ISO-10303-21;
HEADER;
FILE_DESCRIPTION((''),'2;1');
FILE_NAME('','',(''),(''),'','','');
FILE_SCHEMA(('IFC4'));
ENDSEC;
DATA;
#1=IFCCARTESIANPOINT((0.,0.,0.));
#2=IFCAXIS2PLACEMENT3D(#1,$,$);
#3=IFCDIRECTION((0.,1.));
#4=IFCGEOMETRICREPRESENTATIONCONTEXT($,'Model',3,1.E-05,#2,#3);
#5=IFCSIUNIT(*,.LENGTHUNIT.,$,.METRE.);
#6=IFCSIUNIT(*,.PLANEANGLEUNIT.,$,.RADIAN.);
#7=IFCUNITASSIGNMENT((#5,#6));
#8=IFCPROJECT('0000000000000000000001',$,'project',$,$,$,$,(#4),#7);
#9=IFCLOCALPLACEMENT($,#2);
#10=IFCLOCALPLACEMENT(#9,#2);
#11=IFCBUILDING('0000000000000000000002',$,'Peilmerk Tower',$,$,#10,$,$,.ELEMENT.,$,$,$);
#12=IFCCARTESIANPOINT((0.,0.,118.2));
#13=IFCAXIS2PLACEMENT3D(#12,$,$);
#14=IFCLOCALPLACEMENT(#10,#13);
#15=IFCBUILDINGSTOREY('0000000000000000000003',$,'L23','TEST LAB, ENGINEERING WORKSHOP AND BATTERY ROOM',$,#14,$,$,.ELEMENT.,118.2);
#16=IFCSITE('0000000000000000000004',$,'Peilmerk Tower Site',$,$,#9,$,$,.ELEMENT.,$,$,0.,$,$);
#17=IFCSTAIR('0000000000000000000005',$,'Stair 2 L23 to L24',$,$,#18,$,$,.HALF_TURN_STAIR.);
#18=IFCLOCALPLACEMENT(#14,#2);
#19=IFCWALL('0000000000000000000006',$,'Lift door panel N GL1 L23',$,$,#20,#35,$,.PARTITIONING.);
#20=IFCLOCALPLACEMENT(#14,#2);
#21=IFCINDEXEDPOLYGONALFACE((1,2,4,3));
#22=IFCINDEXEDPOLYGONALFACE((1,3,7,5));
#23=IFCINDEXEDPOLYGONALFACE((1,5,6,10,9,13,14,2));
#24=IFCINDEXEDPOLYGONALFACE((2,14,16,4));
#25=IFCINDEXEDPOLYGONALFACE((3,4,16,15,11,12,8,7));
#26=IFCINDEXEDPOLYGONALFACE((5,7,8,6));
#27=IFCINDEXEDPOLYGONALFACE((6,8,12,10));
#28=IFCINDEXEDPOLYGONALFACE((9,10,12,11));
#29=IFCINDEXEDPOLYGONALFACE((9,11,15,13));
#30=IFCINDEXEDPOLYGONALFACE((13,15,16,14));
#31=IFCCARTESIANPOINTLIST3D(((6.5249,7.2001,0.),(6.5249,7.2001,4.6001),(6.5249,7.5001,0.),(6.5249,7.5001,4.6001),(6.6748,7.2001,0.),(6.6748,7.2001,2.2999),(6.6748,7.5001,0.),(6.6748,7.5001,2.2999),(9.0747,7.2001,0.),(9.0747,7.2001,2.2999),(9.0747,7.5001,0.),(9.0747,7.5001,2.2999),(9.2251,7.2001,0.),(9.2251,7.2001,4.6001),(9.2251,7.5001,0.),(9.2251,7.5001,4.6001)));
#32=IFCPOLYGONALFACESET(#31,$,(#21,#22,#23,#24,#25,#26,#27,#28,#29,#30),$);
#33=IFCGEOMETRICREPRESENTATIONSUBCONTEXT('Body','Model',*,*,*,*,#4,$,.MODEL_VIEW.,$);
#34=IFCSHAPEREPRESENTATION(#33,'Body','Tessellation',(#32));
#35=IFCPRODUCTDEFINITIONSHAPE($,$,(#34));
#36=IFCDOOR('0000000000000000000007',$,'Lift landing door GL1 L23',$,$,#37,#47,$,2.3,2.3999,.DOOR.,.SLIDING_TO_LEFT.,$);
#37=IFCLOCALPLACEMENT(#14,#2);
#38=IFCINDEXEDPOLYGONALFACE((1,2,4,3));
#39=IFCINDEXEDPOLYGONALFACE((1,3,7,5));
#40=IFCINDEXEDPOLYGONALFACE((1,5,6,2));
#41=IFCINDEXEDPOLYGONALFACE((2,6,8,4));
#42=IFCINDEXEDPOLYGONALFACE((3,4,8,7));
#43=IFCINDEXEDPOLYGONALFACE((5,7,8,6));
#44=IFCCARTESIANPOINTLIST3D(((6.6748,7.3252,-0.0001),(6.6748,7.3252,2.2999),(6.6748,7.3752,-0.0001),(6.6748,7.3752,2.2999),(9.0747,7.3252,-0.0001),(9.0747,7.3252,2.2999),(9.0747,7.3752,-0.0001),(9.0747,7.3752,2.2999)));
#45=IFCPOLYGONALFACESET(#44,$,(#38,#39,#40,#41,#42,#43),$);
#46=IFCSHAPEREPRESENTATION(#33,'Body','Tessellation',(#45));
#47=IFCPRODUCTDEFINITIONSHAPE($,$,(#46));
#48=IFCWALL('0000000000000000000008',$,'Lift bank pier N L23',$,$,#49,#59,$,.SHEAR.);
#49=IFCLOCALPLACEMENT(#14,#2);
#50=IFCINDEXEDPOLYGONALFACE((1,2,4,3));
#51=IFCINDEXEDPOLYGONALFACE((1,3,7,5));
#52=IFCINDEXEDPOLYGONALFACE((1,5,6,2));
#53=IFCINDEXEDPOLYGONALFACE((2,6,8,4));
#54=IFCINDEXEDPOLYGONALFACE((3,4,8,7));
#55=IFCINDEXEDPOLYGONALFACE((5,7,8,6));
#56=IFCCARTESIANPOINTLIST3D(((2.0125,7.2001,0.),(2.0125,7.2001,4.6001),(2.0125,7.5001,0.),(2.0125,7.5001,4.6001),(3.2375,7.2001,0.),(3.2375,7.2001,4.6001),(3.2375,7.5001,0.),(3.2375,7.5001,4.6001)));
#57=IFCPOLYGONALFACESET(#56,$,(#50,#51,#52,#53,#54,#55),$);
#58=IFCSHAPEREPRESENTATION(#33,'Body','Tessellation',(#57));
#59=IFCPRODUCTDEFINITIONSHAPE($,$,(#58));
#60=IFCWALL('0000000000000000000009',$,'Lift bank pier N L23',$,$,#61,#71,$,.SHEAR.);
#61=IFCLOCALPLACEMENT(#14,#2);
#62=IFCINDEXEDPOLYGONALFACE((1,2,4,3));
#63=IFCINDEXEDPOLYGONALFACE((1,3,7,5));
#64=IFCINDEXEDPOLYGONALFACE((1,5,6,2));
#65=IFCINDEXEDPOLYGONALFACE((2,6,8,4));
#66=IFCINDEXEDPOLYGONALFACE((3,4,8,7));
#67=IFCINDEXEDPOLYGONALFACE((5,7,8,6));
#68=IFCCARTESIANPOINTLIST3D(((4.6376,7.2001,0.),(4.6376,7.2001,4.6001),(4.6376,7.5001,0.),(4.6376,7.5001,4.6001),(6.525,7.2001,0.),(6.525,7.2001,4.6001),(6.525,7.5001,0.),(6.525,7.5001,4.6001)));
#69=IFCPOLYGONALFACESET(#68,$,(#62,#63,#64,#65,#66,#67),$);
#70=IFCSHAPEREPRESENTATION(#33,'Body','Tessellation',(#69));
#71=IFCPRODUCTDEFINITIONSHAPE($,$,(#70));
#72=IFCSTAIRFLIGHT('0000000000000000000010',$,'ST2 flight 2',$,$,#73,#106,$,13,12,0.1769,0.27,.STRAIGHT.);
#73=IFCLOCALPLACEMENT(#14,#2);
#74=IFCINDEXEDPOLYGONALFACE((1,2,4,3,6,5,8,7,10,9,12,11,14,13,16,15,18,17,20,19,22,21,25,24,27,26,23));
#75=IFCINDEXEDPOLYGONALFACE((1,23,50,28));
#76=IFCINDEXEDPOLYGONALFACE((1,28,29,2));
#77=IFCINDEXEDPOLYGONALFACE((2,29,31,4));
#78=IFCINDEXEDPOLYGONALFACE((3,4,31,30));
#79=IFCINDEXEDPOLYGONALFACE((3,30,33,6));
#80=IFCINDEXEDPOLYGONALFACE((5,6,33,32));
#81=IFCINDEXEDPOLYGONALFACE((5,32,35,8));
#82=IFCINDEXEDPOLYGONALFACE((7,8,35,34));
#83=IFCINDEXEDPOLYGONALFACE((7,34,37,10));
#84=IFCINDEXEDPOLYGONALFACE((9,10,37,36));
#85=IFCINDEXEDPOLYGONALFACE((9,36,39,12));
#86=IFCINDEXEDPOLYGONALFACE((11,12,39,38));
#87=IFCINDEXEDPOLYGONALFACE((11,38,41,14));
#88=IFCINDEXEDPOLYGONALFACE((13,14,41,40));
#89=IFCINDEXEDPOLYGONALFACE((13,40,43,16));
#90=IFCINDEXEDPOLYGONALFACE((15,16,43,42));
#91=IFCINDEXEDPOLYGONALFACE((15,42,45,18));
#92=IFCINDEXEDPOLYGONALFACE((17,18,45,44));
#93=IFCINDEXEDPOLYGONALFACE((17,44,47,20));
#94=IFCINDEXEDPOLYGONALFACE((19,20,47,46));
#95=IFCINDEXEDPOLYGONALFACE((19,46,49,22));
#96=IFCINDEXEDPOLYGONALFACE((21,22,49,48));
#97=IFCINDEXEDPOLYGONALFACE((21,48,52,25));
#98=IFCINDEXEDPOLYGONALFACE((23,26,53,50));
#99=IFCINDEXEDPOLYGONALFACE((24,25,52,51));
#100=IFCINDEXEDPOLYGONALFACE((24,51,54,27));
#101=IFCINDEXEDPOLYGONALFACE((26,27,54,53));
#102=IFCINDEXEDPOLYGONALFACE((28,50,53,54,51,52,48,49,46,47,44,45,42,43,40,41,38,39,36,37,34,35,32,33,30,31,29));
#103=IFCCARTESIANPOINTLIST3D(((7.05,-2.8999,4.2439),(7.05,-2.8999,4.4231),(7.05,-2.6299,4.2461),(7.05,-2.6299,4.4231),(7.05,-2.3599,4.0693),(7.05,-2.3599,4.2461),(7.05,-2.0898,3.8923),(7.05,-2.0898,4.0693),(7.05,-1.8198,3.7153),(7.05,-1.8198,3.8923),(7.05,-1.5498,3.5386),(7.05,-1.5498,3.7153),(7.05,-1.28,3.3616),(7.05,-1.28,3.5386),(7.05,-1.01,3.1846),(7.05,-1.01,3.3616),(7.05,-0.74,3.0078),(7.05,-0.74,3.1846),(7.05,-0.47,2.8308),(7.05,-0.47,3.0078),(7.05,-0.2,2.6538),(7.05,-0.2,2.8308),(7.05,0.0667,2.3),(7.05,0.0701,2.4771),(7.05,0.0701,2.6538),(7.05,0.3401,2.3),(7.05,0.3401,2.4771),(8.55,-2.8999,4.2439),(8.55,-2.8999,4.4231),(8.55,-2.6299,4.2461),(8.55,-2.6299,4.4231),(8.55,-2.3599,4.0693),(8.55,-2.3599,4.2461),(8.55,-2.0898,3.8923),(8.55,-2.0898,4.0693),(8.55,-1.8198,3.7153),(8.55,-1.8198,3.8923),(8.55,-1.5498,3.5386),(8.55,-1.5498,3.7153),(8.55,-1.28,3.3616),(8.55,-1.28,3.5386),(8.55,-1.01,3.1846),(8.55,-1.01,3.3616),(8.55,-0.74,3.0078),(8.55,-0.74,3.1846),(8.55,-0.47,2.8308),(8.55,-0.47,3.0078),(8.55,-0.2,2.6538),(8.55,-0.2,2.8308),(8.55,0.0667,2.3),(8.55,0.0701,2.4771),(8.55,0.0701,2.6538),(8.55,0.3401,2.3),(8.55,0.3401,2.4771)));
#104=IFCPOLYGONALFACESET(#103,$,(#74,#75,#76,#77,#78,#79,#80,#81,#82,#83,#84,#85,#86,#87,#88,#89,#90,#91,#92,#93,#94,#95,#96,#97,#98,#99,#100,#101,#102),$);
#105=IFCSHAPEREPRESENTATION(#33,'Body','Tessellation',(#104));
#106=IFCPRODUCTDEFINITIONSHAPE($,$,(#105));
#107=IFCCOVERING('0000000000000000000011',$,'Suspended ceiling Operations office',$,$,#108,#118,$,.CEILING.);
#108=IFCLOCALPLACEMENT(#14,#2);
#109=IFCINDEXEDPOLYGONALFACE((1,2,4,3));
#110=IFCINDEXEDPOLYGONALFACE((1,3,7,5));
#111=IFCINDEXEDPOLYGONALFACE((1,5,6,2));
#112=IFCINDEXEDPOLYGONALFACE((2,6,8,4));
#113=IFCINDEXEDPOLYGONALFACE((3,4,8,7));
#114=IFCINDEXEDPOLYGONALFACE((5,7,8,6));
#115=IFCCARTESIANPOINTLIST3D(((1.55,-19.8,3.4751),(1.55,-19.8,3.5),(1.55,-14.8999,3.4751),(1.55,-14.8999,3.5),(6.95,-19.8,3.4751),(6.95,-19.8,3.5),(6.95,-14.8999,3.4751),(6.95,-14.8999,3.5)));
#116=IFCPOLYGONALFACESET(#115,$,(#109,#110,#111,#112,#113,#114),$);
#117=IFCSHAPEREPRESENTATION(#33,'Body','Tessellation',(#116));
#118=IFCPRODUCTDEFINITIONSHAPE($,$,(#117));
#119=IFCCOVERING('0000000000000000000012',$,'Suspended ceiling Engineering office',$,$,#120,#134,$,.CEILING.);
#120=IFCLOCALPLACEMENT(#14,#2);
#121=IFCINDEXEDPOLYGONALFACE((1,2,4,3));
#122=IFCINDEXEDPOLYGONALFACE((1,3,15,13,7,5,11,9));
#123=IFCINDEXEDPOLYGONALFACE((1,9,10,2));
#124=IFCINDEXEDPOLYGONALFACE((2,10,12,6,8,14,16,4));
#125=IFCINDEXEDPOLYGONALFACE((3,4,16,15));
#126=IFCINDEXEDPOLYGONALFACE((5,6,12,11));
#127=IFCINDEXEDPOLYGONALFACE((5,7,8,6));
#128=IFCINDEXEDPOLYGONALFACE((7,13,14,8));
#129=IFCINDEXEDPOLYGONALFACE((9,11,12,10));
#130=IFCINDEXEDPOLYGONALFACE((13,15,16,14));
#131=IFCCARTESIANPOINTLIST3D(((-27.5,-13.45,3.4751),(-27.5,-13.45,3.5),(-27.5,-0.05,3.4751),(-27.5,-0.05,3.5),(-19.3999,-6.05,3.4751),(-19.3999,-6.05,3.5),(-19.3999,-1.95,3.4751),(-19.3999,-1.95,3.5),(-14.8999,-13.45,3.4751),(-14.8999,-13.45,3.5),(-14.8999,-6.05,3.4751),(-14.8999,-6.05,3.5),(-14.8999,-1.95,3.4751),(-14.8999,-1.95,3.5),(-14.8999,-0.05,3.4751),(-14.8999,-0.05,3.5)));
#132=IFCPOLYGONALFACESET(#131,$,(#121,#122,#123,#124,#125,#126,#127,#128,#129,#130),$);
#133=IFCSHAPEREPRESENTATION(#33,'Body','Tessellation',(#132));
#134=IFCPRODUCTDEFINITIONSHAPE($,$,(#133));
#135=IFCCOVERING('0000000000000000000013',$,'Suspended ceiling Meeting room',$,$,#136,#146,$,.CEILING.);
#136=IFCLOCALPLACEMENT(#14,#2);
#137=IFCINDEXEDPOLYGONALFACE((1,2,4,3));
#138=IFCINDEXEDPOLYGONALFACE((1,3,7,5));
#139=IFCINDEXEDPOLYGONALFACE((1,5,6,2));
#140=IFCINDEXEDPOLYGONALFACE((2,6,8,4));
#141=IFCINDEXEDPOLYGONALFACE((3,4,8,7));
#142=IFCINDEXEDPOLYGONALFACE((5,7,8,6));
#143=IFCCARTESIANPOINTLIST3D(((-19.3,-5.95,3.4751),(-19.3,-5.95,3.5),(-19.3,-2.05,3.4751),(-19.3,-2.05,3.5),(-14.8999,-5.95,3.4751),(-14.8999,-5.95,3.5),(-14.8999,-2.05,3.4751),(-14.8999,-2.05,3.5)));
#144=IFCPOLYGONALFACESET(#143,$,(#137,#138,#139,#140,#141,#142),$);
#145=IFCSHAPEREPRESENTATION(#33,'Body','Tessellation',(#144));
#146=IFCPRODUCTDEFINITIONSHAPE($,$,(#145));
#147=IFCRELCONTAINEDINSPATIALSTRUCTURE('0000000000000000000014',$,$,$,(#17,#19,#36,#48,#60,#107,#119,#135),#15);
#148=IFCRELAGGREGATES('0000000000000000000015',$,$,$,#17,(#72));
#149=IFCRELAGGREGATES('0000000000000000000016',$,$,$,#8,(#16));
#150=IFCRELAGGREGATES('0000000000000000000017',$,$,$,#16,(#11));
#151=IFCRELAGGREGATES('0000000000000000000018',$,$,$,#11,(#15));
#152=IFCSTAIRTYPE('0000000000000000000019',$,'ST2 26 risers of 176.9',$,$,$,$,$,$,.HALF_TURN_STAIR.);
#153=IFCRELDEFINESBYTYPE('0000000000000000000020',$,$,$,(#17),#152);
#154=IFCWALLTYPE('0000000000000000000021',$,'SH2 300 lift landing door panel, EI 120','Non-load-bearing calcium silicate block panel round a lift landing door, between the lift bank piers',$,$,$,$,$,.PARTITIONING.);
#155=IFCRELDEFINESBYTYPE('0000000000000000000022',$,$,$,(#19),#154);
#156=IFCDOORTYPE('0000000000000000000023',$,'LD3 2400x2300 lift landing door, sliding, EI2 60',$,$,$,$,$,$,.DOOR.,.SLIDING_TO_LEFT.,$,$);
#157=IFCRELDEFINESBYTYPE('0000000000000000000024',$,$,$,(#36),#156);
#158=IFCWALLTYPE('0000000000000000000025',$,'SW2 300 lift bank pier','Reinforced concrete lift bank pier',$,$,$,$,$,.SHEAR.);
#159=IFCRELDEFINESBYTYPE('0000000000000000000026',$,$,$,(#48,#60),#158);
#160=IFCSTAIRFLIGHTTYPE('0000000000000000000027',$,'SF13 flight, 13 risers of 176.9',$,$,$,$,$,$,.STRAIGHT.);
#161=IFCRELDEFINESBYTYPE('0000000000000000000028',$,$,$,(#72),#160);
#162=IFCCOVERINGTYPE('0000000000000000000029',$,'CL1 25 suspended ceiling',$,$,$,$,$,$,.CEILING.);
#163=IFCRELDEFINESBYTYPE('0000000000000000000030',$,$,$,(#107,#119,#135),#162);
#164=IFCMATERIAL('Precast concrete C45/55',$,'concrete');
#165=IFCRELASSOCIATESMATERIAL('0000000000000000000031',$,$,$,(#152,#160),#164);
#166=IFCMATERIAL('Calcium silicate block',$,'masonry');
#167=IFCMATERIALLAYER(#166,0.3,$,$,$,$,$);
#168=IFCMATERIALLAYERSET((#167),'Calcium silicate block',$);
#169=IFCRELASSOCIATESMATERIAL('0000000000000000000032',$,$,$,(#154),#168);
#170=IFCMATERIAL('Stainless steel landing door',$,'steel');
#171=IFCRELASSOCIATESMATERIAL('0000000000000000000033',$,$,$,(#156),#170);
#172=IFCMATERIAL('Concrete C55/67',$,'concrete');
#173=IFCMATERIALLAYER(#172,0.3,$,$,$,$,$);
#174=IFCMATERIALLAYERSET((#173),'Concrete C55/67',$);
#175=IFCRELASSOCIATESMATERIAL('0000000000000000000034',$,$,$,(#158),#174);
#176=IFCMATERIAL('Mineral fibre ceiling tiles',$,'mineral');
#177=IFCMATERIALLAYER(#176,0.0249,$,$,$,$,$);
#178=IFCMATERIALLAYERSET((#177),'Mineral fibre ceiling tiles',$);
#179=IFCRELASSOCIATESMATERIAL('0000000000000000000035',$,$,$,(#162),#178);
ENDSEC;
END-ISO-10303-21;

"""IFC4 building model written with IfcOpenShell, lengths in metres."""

from ifc_helpers import new_model, si_unit, direction, frame, frame_2d, origin, place, context, subcontext, project, spatial, polyline, rectangle, outline, extrude, material, layer, layer_set, type_object, element, fill, aggregate, save


model = new_model("IFC4")

# Units and contexts
model_context = context("Model", 3, precision=1e-05, world=origin(), true_north=direction((0.0, 1.0)))
body_context = subcontext(model_context, "Body", "Model", "MODEL_VIEW")
ifc_project = project(units=[si_unit("LENGTHUNIT", "METRE"), si_unit("PLANEANGLEUNIT", "RADIAN")], contexts=[model_context])

# Site, building, storey
site_placement = place(None, origin())
site = spatial("IfcSite", under=ifc_project, at=site_placement, Name="Peilmerk Tower Site", CompositionType="ELEMENT", RefElevation=0.0)
building_placement = place(site_placement, origin())
building = spatial("IfcBuilding", under=site, at=building_placement, Name="Peilmerk Tower", CompositionType="ELEMENT")
storey_placement = place(building_placement, frame((0.0, 0.0, 118.2)))
storey = spatial("IfcBuildingStorey", under=building, at=storey_placement, Name="L23", Description="TEST LAB, ENGINEERING WORKSHOP AND BATTERY ROOM", CompositionType="ELEMENT", Elevation=118.2)

# Stair
ifc_material_1 = material(Name="Precast concrete C45/55", Category="concrete")
stair_type_1 = type_object("IfcStairType", Name="ST2 26 risers of 176.9", PredefinedType="HALF_TURN_STAIR", material=ifc_material_1)
stair_1_placement = place(storey_placement, origin())
stair_1 = element("IfcStair", 1, at=stair_1_placement, inside=storey, type_object=stair_type_1, Name="Stair 2 L23 to L24", PredefinedType="HALF_TURN_STAIR")

# Shared definitions
ifc_material_2 = material(Name="Calcium silicate block", Category="masonry")
ifc_layer_1 = layer(ifc_material_2, 0.3)
ifc_layer_set_1 = layer_set([ifc_layer_1], Name="Calcium silicate block")
wall_type_1 = type_object("IfcWallType", Name="SH2 300 lift landing door panel, EI 120", Description="Non-load-bearing calcium silicate block panel round a lift landing door, between the lift bank piers", PredefinedType="PARTITIONING", material=ifc_layer_set_1)

# Wall, opening, door
wall_1_placement = place(storey_placement, frame((6.5249, 7.3501, 0.0), z_axis=(0.0, 0.0, 1.0), x_axis=(1.0, 0.0, 0.0)))
wall_1 = element("IfcWall", 2, at=wall_1_placement, inside=storey, type_object=wall_type_1, Name="Lift door panel N GL1 L23", PredefinedType="PARTITIONING", context=body_context, shape_type="SweptSolid", body=[
    extrude(rectangle(XDim=2.7002, YDim=0.3, at=frame_2d((1.3501, 0.0))), origin(), (0.0, 0.0, 1.0), 4.6001),
])
opening_1_placement = place(wall_1_placement, frame((0.1499, 0.0, 0.0)))
opening_1 = element("IfcOpeningElement", 3, at=opening_1_placement, cuts=wall_1, PredefinedType="OPENING", context=body_context, shape_type="SweptSolid", body=[
    extrude(rectangle(XDim=2.3999, YDim=2.3, at=frame_2d((1.2, 1.1499))), frame((0.0, 0.1599, 0.0), z_axis=(0.0, -1.0, 0.0), x_axis=(1.0, 0.0, 0.0)), (0.0, 0.0, 1.0), 0.3201),
])
ifc_material_3 = material(Name="Stainless steel landing door", Category="steel")
door_type_1 = type_object("IfcDoorType", Name="LD3 2400x2300 lift landing door, sliding, EI2 60", OperationType="SLIDING_TO_LEFT", PredefinedType="DOOR", material=ifc_material_3)
door_1_placement = place(opening_1_placement, frame((2.3999, 0.0, 0.0), z_axis=(0.0, 0.0, 1.0), x_axis=(-1.0, 0.0, 0.0)))
door_1 = element("IfcDoor", 4, at=door_1_placement, inside=storey, type_object=door_type_1, Name="Lift landing door GL1 L23", OperationType="SLIDING_TO_LEFT", OverallHeight=2.3, OverallWidth=2.3999, PredefinedType="DOOR", context=body_context, shape_type="SweptSolid", body=[
    extrude(rectangle(XDim=2.3999, YDim=2.3, at=frame_2d((1.2, 1.1499))), frame((0.0, 0.0249, 0.0), z_axis=(0.0, -1.0, 0.0), x_axis=(1.0, 0.0, 0.0)), (0.0, 0.0, 1.0), 0.05),
])
fill(opening_1, door_1)

# Walls
ifc_material_4 = material(Name="Concrete C55/67", Category="concrete")
ifc_layer_2 = layer(ifc_material_4, 0.3)
ifc_layer_set_2 = layer_set([ifc_layer_2], Name="Concrete C55/67")
wall_type_2 = type_object("IfcWallType", Name="SW2 300 lift bank pier", Description="Reinforced concrete lift bank pier", PredefinedType="SHEAR", material=ifc_layer_set_2)
wall_2_placement = place(storey_placement, frame((2.0125, 7.3501, 0.0), z_axis=(0.0, 0.0, 1.0), x_axis=(1.0, 0.0, 0.0)))
element("IfcWall", 5, at=wall_2_placement, inside=storey, type_object=wall_type_2, Name="Lift bank pier N L23", PredefinedType="SHEAR", context=body_context, shape_type="SweptSolid", body=[
    extrude(rectangle(XDim=1.2251, YDim=0.3, at=frame_2d((0.6125, 0.0))), origin(), (0.0, 0.0, 1.0), 4.6001),
])
wall_3_placement = place(storey_placement, frame((4.6375, 7.3501, 0.0), z_axis=(0.0, 0.0, 1.0), x_axis=(1.0, 0.0, 0.0)))
element("IfcWall", 6, at=wall_3_placement, inside=storey, type_object=wall_type_2, Name="Lift bank pier N L23", PredefinedType="SHEAR", context=body_context, shape_type="SweptSolid", body=[
    extrude(rectangle(XDim=1.8875, YDim=0.3, at=frame_2d((0.9438, 0.0))), origin(), (0.0, 0.0, 1.0), 4.6001),
])

# Stair flight
stair_flight_type = type_object("IfcStairFlightType", Name="SF13 flight, 13 risers of 176.9", PredefinedType="STRAIGHT", material=ifc_material_1)
stair_flight_placement = place(storey_placement, frame((7.8, 0.3401, 2.3), z_axis=(0.0, 0.0, 1.0), x_axis=(0.0, -1.0, 0.0)))
stair_flight = element("IfcStairFlight", 7, at=stair_flight_placement, type_object=stair_flight_type, Name="ST2 flight 2", NumberOfRisers=13, NumberOfTreads=12, PredefinedType="STRAIGHT", RiserHeight=0.1769, TreadLength=0.27, context=body_context, shape_type="SweptSolid", body=[
    extrude(outline(polyline([(0.0, 0.0), (0.0, 0.177), (0.27, 0.177), (0.27, 0.3538), (0.54, 0.3538), (0.54, 0.5308), (0.8101, 0.5308), (0.8101, 0.7078), (1.0801, 0.7078), (1.0801, 0.8845), (1.3501, 0.8845), (1.3501, 1.0615), (1.6201, 1.0615), (1.6201, 1.2385), (1.8899, 1.2385), (1.8899, 1.4153), (2.1599, 1.4153), (2.1599, 1.5923), (2.4299, 1.5923), (2.4299, 1.7693), (2.7, 1.7693), (2.7, 1.946), (2.97, 1.946), (2.97, 2.123), (3.24, 2.123), (3.24, 2.3), (3.24, 1.9438), (0.2734, 0.0), (0.0, 0.0)])), frame((0.0, 0.75, 0.0), z_axis=(0.0, -1.0, 0.0), x_axis=(1.0, 0.0, 0.0)), (0.0, 0.0, 1.0), 1.5),
])
aggregate(stair_1, [stair_flight])

# Coverings
ifc_material_5 = material(Name="Mineral fibre ceiling tiles", Category="mineral")
ifc_layer_3 = layer(ifc_material_5, 0.0249)
ifc_layer_set_3 = layer_set([ifc_layer_3], Name="Mineral fibre ceiling tiles")
covering_type_1 = type_object("IfcCoveringType", Name="CL1 25 suspended ceiling", PredefinedType="CEILING", material=ifc_layer_set_3)
covering_1_placement = place(storey_placement, frame((0.0, 0.0, 3.4751)))
element("IfcCovering", 8, at=covering_1_placement, inside=storey, type_object=covering_type_1, Name="Suspended ceiling Operations office", PredefinedType="CEILING", context=body_context, shape_type="SweptSolid", body=[
    extrude(outline(polyline([(6.95, -19.8), (6.95, -14.8999), (1.55, -14.8999), (1.55, -19.8), (6.95, -19.8)])), origin(), (0.0, 0.0, 1.0), 0.0249),
])
covering_2_placement = place(storey_placement, frame((0.0, 0.0, 3.4751)))
element("IfcCovering", 9, at=covering_2_placement, inside=storey, type_object=covering_type_1, Name="Suspended ceiling Engineering office", PredefinedType="CEILING", context=body_context, shape_type="SweptSolid", body=[
    extrude(outline(polyline([(-14.8999, -0.05), (-27.5, -0.05), (-27.5, -13.45), (-14.8999, -13.45), (-14.8999, -6.05), (-19.3999, -6.05), (-19.3999, -1.95), (-14.8999, -1.95), (-14.8999, -0.05)])), origin(), (0.0, 0.0, 1.0), 0.0249),
])
covering_3_placement = place(storey_placement, frame((0.0, 0.0, 3.4751)))
element("IfcCovering", 10, at=covering_3_placement, inside=storey, type_object=covering_type_1, Name="Suspended ceiling Meeting room", PredefinedType="CEILING", context=body_context, shape_type="SweptSolid", body=[
    extrude(outline(polyline([(-14.8999, -5.95), (-14.8999, -2.05), (-19.3, -2.05), (-19.3, -5.95), (-14.8999, -5.95)])), origin(), (0.0, 0.0, 1.0), 0.0249),
])

save(model, "model.ifc")
